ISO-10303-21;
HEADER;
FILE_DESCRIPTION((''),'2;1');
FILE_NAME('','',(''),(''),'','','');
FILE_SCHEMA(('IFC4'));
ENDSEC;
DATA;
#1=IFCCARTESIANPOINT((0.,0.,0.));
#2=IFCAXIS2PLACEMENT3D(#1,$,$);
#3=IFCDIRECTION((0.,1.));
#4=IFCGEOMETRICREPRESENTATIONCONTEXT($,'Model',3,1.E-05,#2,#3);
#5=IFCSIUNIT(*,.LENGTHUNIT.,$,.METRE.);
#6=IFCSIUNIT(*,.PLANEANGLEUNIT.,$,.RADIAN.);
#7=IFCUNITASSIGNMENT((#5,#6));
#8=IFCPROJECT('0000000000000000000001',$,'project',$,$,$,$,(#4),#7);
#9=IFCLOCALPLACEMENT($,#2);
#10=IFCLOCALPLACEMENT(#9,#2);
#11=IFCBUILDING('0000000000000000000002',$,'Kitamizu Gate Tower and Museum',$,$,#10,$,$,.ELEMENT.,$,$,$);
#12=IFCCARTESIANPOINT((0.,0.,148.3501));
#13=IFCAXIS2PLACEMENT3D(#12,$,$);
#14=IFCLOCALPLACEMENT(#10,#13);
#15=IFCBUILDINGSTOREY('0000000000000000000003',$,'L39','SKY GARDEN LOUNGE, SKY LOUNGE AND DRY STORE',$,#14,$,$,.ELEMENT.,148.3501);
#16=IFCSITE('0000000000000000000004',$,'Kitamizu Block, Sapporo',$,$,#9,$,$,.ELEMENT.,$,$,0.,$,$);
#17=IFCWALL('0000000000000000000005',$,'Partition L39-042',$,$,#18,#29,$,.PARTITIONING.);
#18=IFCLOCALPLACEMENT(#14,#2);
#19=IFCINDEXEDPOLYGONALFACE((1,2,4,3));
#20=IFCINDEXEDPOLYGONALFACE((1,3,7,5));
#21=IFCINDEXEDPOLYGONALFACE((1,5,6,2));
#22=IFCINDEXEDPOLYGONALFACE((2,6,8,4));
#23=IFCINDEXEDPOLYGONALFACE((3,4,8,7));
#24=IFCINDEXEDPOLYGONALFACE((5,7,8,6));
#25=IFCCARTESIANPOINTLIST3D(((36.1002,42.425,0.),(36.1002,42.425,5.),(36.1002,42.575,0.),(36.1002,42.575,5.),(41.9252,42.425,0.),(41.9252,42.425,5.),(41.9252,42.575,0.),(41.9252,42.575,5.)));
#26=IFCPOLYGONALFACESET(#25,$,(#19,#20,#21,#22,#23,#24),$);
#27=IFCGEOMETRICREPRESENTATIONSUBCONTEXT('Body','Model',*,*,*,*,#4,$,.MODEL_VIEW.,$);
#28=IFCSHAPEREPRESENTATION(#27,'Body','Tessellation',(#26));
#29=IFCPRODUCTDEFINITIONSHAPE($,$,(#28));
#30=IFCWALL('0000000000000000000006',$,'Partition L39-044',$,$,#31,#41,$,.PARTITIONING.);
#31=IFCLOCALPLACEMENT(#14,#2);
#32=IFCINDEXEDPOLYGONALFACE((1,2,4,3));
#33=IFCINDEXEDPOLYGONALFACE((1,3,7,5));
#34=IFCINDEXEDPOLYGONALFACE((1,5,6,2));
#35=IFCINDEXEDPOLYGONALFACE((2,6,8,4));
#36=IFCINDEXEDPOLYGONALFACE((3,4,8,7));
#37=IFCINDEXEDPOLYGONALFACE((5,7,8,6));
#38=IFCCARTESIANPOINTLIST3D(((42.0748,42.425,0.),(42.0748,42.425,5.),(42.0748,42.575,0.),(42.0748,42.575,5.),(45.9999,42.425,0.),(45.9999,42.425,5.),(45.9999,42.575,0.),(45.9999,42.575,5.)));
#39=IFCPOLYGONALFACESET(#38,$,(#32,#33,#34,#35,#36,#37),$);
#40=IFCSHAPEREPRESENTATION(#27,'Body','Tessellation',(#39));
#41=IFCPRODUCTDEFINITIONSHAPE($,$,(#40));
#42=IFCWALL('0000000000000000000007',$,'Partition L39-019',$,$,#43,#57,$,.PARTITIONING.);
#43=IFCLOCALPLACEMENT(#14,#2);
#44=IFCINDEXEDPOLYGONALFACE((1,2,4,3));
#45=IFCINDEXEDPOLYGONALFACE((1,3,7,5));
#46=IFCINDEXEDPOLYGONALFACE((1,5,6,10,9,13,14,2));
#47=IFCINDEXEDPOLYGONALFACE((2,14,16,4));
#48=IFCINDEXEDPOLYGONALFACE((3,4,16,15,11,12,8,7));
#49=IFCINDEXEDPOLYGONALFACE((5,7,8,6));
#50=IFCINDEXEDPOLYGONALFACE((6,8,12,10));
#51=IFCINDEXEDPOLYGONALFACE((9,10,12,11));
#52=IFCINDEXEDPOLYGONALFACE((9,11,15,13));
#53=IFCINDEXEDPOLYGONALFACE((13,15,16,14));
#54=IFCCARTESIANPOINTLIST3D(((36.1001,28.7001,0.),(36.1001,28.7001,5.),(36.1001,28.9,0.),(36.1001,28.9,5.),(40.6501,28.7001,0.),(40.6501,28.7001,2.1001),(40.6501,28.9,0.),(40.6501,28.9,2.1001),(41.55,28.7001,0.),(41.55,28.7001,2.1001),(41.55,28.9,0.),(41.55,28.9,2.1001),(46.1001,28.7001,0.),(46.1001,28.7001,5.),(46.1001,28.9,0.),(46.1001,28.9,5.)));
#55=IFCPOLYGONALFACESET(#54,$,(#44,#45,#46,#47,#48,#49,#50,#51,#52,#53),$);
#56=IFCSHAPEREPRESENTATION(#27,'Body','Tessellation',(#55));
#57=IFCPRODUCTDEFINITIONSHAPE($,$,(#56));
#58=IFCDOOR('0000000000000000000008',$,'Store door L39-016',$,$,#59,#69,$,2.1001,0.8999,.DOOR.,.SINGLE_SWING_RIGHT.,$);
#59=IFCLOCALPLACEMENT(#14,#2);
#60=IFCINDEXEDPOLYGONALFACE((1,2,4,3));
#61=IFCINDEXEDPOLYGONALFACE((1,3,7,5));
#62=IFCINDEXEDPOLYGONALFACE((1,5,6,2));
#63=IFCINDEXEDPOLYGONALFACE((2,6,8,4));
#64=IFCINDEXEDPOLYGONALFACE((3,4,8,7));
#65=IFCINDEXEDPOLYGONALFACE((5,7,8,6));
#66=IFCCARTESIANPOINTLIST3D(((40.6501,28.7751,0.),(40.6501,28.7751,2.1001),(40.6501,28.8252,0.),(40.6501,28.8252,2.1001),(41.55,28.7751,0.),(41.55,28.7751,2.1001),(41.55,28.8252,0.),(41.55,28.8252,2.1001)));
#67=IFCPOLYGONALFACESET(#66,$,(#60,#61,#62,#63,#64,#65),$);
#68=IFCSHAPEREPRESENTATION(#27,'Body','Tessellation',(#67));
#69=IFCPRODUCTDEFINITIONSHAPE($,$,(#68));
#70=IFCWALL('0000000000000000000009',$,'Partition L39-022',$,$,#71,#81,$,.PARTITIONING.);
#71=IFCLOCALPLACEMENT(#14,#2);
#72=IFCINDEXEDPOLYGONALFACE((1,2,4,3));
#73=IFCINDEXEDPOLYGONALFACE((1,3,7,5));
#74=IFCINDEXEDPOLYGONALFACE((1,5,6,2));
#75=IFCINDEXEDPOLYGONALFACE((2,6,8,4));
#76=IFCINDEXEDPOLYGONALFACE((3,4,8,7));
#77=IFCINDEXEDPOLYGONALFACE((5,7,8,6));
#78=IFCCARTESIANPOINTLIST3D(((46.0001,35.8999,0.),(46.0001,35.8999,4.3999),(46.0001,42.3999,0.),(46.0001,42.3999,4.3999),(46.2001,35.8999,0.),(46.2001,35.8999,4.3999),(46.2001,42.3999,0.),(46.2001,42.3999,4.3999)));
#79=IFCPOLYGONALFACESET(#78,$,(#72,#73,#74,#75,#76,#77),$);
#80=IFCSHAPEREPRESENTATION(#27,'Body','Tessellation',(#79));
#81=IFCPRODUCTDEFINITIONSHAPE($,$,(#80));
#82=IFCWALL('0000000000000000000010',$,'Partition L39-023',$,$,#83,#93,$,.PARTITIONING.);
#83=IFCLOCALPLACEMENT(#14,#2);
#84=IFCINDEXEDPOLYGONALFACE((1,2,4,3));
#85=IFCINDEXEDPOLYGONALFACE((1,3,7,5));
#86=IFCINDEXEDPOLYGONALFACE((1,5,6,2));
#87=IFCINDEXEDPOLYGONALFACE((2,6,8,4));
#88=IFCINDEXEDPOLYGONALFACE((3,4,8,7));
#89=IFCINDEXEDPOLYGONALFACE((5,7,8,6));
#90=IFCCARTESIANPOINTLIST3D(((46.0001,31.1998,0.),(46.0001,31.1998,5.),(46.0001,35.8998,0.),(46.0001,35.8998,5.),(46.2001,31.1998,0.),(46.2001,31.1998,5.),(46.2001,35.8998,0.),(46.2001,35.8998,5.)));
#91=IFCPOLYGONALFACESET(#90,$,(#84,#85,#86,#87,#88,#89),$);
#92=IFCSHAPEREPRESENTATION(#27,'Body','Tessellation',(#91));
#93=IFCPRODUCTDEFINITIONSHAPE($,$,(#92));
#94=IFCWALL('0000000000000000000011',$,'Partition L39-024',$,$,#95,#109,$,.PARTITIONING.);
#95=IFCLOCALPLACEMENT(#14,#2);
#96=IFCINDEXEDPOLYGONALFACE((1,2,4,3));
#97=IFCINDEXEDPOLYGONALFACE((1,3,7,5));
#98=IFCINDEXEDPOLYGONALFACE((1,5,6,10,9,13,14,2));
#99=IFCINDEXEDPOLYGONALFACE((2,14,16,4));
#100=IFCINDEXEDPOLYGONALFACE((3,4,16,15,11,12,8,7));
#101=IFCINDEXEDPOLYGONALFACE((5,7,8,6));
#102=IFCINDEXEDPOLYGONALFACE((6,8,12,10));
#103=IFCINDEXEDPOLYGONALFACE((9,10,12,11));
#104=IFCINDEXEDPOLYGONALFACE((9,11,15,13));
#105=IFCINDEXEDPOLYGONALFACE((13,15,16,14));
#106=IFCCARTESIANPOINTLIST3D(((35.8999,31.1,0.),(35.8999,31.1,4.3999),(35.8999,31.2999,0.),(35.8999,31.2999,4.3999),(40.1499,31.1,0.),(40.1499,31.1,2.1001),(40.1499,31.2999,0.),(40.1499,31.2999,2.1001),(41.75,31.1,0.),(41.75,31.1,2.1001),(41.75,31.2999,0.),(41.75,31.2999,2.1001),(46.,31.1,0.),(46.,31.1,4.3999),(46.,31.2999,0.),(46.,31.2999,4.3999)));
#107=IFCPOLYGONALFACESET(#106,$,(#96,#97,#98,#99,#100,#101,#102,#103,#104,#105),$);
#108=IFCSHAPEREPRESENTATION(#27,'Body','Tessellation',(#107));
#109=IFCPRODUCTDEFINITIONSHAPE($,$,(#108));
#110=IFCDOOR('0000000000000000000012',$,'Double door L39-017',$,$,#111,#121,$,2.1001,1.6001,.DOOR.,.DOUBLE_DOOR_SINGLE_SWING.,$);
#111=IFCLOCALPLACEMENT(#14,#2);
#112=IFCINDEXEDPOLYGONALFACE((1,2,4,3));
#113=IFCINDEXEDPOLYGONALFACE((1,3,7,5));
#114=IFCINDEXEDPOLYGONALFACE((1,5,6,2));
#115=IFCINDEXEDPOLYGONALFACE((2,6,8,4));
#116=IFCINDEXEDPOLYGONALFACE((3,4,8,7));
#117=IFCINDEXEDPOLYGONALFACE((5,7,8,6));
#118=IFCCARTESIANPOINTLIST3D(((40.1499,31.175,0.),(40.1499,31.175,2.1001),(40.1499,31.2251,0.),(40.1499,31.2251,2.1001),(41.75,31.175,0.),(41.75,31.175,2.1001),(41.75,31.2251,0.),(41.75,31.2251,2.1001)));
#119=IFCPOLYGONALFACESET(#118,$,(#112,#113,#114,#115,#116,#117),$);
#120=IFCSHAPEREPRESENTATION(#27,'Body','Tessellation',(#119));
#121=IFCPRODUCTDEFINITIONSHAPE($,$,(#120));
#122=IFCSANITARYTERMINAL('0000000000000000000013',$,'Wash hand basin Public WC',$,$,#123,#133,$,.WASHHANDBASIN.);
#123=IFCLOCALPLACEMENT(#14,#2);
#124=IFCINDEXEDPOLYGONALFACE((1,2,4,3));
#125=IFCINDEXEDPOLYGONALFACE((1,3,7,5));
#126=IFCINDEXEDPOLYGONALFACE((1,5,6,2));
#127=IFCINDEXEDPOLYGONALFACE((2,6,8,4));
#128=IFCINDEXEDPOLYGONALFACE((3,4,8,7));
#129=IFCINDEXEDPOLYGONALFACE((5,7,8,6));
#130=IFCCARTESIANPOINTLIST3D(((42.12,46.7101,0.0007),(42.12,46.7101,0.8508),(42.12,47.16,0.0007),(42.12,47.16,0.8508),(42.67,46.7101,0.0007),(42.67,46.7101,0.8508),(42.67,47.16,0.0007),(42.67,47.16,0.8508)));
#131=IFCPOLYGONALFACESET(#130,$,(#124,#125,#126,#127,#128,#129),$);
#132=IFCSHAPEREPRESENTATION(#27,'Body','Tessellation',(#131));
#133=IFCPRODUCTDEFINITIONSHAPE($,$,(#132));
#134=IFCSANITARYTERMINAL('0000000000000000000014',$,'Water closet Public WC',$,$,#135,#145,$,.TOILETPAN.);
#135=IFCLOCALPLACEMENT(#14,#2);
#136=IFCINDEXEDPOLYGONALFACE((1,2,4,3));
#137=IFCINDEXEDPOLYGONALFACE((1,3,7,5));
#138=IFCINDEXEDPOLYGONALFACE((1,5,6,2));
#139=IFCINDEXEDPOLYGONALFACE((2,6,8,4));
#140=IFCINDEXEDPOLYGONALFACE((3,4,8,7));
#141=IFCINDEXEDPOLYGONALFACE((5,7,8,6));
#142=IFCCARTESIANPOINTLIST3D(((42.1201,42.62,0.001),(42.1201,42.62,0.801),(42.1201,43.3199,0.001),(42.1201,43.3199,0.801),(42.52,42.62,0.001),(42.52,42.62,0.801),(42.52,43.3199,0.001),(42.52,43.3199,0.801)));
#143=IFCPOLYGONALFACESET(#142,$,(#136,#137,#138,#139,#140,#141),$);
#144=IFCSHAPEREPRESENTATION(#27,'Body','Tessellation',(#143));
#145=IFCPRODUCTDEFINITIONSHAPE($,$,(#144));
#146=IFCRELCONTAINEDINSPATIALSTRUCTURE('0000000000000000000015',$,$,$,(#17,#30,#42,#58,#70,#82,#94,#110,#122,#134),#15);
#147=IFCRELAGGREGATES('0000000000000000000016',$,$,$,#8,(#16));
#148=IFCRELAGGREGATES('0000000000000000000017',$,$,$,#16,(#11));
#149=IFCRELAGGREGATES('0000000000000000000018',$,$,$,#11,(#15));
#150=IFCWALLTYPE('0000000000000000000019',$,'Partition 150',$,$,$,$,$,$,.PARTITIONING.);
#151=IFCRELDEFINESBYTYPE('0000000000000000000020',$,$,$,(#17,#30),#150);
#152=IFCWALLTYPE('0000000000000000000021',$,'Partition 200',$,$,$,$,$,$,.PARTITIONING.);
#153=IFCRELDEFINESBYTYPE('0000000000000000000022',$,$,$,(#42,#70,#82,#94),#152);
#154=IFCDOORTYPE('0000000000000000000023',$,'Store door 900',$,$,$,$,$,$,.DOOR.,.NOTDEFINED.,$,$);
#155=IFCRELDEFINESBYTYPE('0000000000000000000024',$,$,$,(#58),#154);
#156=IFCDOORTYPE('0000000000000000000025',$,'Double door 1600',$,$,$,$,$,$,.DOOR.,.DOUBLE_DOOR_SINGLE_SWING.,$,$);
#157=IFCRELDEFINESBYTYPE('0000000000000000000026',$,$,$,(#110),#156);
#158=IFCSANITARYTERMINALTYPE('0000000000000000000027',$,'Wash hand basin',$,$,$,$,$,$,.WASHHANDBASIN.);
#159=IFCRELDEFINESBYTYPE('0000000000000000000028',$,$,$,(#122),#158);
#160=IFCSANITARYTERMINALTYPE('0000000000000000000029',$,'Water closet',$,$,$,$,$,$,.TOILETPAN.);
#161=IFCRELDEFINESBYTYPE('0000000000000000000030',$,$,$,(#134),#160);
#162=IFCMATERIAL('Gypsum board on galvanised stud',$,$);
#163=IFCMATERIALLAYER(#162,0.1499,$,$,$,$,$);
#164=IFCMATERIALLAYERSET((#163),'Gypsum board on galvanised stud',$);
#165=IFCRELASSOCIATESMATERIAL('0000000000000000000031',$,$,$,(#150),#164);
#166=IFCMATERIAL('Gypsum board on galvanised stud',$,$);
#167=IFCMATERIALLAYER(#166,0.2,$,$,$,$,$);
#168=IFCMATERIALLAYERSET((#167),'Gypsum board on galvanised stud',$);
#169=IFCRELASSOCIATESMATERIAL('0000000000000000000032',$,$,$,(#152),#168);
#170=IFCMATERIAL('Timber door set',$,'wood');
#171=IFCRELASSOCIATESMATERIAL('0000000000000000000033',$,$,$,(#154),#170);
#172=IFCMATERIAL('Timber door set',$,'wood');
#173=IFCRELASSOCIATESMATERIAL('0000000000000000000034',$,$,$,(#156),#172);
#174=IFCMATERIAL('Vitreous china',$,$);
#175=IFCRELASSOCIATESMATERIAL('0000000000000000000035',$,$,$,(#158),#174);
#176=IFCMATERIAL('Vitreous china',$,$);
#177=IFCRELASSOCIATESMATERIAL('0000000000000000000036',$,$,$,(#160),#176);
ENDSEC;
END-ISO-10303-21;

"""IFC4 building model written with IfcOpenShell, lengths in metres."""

from ifc_helpers import new_model, si_unit, direction, frame, frame_2d, origin, origin_2d, place, context, subcontext, project, spatial, rectangle, extrude, material, layer, layer_set, type_object, element, fill, save


model = new_model("IFC4")

# Units and contexts
model_context = context("Model", 3, precision=1e-05, world=origin(), true_north=direction((0.0, 1.0)))
body_context = subcontext(model_context, "Body", "Model", "MODEL_VIEW")
ifc_project = project(units=[si_unit("LENGTHUNIT", "METRE"), si_unit("PLANEANGLEUNIT", "RADIAN")], contexts=[model_context])

# Site, building, storey
site_placement = place(None, origin())
site = spatial("IfcSite", under=ifc_project, at=site_placement, Name="Kitamizu Block, Sapporo", CompositionType="ELEMENT", RefElevation=0.0)
building_placement = place(site_placement, origin())
building = spatial("IfcBuilding", under=site, at=building_placement, Name="Kitamizu Gate Tower and Museum", CompositionType="ELEMENT")
storey_placement = place(building_placement, frame((0.0, 0.0, 148.3501)))
storey = spatial("IfcBuildingStorey", under=building, at=storey_placement, Name="L39", Description="SKY GARDEN LOUNGE, SKY LOUNGE AND DRY STORE", CompositionType="ELEMENT", Elevation=148.3501)

# Walls
ifc_material_1 = material(Name="Gypsum board on galvanised stud")
ifc_layer_1 = layer(ifc_material_1, 0.1499)
ifc_layer_set_1 = layer_set([ifc_layer_1], Name="Gypsum board on galvanised stud")
wall_type_1 = type_object("IfcWallType", Name="Partition 150", PredefinedType="PARTITIONING", material=ifc_layer_set_1)
wall_1_placement = place(storey_placement, frame((36.1001, 42.5, 0.0), z_axis=(0.0, 0.0, 1.0), x_axis=(1.0, 0.0, 0.0)))
element("IfcWall", 1, at=wall_1_placement, inside=storey, type_object=wall_type_1, Name="Partition L39-042", PredefinedType="PARTITIONING", context=body_context, shape_type="SweptSolid", body=[
    extrude(rectangle(XDim=5.825, YDim=0.1499, at=frame_2d((2.9126, 0.0))), origin(), (0.0, 0.0, 1.0), 5.0),
])
wall_2_placement = place(storey_placement, frame((42.075, 42.5, 0.0), z_axis=(0.0, 0.0, 1.0), x_axis=(1.0, 0.0, 0.0)))
element("IfcWall", 2, at=wall_2_placement, inside=storey, type_object=wall_type_1, Name="Partition L39-044", PredefinedType="PARTITIONING", context=body_context, shape_type="SweptSolid", body=[
    extrude(rectangle(XDim=3.925, YDim=0.1499, at=frame_2d((1.9624, 0.0))), origin(), (0.0, 0.0, 1.0), 5.0),
])

# Wall, opening, door
ifc_material_2 = material(Name="Gypsum board on galvanised stud")
ifc_layer_2 = layer(ifc_material_2, 0.2)
ifc_layer_set_2 = layer_set([ifc_layer_2], Name="Gypsum board on galvanised stud")
wall_type_2 = type_object("IfcWallType", Name="Partition 200", PredefinedType="PARTITIONING", material=ifc_layer_set_2)
wall_3_placement = place(storey_placement, frame((36.1001, 28.8, 0.0), z_axis=(0.0, 0.0, 1.0), x_axis=(1.0, 0.0, 0.0)))
wall_3 = element("IfcWall", 3, at=wall_3_placement, inside=storey, type_object=wall_type_2, Name="Partition L39-019", PredefinedType="PARTITIONING", context=body_context, shape_type="SweptSolid", body=[
    extrude(rectangle(XDim=10.0, YDim=0.2, at=frame_2d((5.0, 0.0))), origin(), (0.0, 0.0, 1.0), 5.0),
])
opening_1_placement = place(wall_3_placement, frame((4.55, 0.0, 0.0)))
opening_1 = element("IfcOpeningElement", 4, at=opening_1_placement, cuts=wall_3, PredefinedType="OPENING", context=body_context, shape_type="SweptSolid", body=[
    extrude(rectangle(XDim=0.8999, YDim=2.1001, at=frame_2d((0.45, 1.05))), frame((0.0, 0.1099, 0.0), z_axis=(0.0, -1.0, 0.0), x_axis=(1.0, 0.0, 0.0)), (0.0, 0.0, 1.0), 0.22),
])
ifc_material_3 = material(Name="Timber door set", Category="wood")
door_type_1 = type_object("IfcDoorType", Name="Store door 900", OperationType="NOTDEFINED", PredefinedType="DOOR", material=ifc_material_3)
door_1_placement = place(opening_1_placement, frame((0.8999, 0.0, 0.0), x_axis=(-1.0, 0.0, 0.0)))
door_1 = element("IfcDoor", 5, at=door_1_placement, inside=storey, type_object=door_type_1, Name="Store door L39-016", OperationType="SINGLE_SWING_RIGHT", OverallHeight=2.1001, OverallWidth=0.8999, PredefinedType="DOOR", context=body_context, shape_type="SweptSolid", body=[
    extrude(rectangle(XDim=0.8999, YDim=2.1001, at=frame_2d((0.45, 1.05))), frame((0.0, 0.0249, 0.0), z_axis=(0.0, -1.0, 0.0), x_axis=(1.0, 0.0, 0.0)), (0.0, 0.0, 1.0), 0.05),
])
fill(opening_1, door_1)

# Walls
wall_4_placement = place(storey_placement, frame((46.1001, 42.3999, 0.0), z_axis=(0.0, 0.0, 1.0), x_axis=(0.0, -1.0, 0.0)))
element("IfcWall", 6, at=wall_4_placement, inside=storey, type_object=wall_type_2, Name="Partition L39-022", PredefinedType="PARTITIONING", context=body_context, shape_type="SweptSolid", body=[
    extrude(rectangle(XDim=6.5, YDim=0.2, at=frame_2d((3.25, 0.0))), origin(), (0.0, 0.0, 1.0), 4.3999),
])
wall_5_placement = place(storey_placement, frame((46.1001, 35.8999, 0.0), z_axis=(0.0, 0.0, 1.0), x_axis=(0.0, -1.0, 0.0)))
element("IfcWall", 7, at=wall_5_placement, inside=storey, type_object=wall_type_2, Name="Partition L39-023", PredefinedType="PARTITIONING", context=body_context, shape_type="SweptSolid", body=[
    extrude(rectangle(XDim=4.7, YDim=0.2, at=frame_2d((2.3501, 0.0))), origin(), (0.0, 0.0, 1.0), 5.0),
])

# Wall, opening, door
wall_6_placement = place(storey_placement, frame((46.0, 31.2, 0.0), z_axis=(0.0, 0.0, 1.0), x_axis=(-1.0, 0.0, 0.0)))
wall_6 = element("IfcWall", 8, at=wall_6_placement, inside=storey, type_object=wall_type_2, Name="Partition L39-024", PredefinedType="PARTITIONING", context=body_context, shape_type="SweptSolid", body=[
    extrude(rectangle(XDim=10.1001, YDim=0.2, at=frame_2d((5.05, 0.0))), origin(), (0.0, 0.0, 1.0), 4.3999),
])
opening_2_placement = place(wall_6_placement, frame((4.25, 0.0, 0.0)))
opening_2 = element("IfcOpeningElement", 9, at=opening_2_placement, cuts=wall_6, PredefinedType="OPENING", context=body_context, shape_type="SweptSolid", body=[
    extrude(rectangle(XDim=1.6001, YDim=2.1001, at=frame_2d((0.8, 1.05))), frame((0.0, 0.1099, 0.0), z_axis=(0.0, -1.0, 0.0), x_axis=(1.0, 0.0, 0.0)), (0.0, 0.0, 1.0), 0.22),
])
ifc_material_4 = material(Name="Timber door set", Category="wood")
door_type_2 = type_object("IfcDoorType", Name="Double door 1600", OperationType="DOUBLE_DOOR_SINGLE_SWING", PredefinedType="DOOR", material=ifc_material_4)
door_2_placement = place(opening_2_placement, origin())
door_2 = element("IfcDoor", 10, at=door_2_placement, inside=storey, type_object=door_type_2, Name="Double door L39-017", OperationType="DOUBLE_DOOR_SINGLE_SWING", OverallHeight=2.1001, OverallWidth=1.6001, PredefinedType="DOOR", context=body_context, shape_type="SweptSolid", body=[
    extrude(rectangle(XDim=1.6001, YDim=2.1001, at=frame_2d((0.8, 1.05))), frame((0.0, 0.0249, 0.0), z_axis=(0.0, -1.0, 0.0), x_axis=(1.0, 0.0, 0.0)), (0.0, 0.0, 1.0), 0.05),
])
fill(opening_2, door_2)

# Sanitary terminals
ifc_material_5 = material(Name="Vitreous china")
sanitary_terminal_type_1 = type_object("IfcSanitaryTerminalType", Name="Wash hand basin", PredefinedType="WASHHANDBASIN", material=ifc_material_5)
sanitary_terminal_1_placement = place(storey_placement, frame((42.395, 46.9351, 0.0007), z_axis=(0.0, 0.0, 1.0), x_axis=(1.0, 0.0, 0.0)))
element("IfcSanitaryTerminal", 11, at=sanitary_terminal_1_placement, inside=storey, type_object=sanitary_terminal_type_1, Name="Wash hand basin Public WC", PredefinedType="WASHHANDBASIN", context=body_context, shape_type="SweptSolid", body=[
    extrude(rectangle(XDim=0.55, YDim=0.45, at=origin_2d()), origin(), (0.0, 0.0, 1.0), 0.8501),
])
ifc_material_6 = material(Name="Vitreous china")
sanitary_terminal_type_2 = type_object("IfcSanitaryTerminalType", Name="Water closet", PredefinedType="TOILETPAN", material=ifc_material_6)
sanitary_terminal_2_placement = place(storey_placement, frame((42.3201, 42.97, 0.001), z_axis=(0.0, 0.0, 1.0), x_axis=(1.0, 0.0, 0.0)))
element("IfcSanitaryTerminal", 12, at=sanitary_terminal_2_placement, inside=storey, type_object=sanitary_terminal_type_2, Name="Water closet Public WC", PredefinedType="TOILETPAN", context=body_context, shape_type="SweptSolid", body=[
    extrude(rectangle(XDim=0.3999, YDim=0.7, at=origin_2d()), origin(), (0.0, 0.0, 1.0), 0.8),
])

save(model, "model.ifc")
